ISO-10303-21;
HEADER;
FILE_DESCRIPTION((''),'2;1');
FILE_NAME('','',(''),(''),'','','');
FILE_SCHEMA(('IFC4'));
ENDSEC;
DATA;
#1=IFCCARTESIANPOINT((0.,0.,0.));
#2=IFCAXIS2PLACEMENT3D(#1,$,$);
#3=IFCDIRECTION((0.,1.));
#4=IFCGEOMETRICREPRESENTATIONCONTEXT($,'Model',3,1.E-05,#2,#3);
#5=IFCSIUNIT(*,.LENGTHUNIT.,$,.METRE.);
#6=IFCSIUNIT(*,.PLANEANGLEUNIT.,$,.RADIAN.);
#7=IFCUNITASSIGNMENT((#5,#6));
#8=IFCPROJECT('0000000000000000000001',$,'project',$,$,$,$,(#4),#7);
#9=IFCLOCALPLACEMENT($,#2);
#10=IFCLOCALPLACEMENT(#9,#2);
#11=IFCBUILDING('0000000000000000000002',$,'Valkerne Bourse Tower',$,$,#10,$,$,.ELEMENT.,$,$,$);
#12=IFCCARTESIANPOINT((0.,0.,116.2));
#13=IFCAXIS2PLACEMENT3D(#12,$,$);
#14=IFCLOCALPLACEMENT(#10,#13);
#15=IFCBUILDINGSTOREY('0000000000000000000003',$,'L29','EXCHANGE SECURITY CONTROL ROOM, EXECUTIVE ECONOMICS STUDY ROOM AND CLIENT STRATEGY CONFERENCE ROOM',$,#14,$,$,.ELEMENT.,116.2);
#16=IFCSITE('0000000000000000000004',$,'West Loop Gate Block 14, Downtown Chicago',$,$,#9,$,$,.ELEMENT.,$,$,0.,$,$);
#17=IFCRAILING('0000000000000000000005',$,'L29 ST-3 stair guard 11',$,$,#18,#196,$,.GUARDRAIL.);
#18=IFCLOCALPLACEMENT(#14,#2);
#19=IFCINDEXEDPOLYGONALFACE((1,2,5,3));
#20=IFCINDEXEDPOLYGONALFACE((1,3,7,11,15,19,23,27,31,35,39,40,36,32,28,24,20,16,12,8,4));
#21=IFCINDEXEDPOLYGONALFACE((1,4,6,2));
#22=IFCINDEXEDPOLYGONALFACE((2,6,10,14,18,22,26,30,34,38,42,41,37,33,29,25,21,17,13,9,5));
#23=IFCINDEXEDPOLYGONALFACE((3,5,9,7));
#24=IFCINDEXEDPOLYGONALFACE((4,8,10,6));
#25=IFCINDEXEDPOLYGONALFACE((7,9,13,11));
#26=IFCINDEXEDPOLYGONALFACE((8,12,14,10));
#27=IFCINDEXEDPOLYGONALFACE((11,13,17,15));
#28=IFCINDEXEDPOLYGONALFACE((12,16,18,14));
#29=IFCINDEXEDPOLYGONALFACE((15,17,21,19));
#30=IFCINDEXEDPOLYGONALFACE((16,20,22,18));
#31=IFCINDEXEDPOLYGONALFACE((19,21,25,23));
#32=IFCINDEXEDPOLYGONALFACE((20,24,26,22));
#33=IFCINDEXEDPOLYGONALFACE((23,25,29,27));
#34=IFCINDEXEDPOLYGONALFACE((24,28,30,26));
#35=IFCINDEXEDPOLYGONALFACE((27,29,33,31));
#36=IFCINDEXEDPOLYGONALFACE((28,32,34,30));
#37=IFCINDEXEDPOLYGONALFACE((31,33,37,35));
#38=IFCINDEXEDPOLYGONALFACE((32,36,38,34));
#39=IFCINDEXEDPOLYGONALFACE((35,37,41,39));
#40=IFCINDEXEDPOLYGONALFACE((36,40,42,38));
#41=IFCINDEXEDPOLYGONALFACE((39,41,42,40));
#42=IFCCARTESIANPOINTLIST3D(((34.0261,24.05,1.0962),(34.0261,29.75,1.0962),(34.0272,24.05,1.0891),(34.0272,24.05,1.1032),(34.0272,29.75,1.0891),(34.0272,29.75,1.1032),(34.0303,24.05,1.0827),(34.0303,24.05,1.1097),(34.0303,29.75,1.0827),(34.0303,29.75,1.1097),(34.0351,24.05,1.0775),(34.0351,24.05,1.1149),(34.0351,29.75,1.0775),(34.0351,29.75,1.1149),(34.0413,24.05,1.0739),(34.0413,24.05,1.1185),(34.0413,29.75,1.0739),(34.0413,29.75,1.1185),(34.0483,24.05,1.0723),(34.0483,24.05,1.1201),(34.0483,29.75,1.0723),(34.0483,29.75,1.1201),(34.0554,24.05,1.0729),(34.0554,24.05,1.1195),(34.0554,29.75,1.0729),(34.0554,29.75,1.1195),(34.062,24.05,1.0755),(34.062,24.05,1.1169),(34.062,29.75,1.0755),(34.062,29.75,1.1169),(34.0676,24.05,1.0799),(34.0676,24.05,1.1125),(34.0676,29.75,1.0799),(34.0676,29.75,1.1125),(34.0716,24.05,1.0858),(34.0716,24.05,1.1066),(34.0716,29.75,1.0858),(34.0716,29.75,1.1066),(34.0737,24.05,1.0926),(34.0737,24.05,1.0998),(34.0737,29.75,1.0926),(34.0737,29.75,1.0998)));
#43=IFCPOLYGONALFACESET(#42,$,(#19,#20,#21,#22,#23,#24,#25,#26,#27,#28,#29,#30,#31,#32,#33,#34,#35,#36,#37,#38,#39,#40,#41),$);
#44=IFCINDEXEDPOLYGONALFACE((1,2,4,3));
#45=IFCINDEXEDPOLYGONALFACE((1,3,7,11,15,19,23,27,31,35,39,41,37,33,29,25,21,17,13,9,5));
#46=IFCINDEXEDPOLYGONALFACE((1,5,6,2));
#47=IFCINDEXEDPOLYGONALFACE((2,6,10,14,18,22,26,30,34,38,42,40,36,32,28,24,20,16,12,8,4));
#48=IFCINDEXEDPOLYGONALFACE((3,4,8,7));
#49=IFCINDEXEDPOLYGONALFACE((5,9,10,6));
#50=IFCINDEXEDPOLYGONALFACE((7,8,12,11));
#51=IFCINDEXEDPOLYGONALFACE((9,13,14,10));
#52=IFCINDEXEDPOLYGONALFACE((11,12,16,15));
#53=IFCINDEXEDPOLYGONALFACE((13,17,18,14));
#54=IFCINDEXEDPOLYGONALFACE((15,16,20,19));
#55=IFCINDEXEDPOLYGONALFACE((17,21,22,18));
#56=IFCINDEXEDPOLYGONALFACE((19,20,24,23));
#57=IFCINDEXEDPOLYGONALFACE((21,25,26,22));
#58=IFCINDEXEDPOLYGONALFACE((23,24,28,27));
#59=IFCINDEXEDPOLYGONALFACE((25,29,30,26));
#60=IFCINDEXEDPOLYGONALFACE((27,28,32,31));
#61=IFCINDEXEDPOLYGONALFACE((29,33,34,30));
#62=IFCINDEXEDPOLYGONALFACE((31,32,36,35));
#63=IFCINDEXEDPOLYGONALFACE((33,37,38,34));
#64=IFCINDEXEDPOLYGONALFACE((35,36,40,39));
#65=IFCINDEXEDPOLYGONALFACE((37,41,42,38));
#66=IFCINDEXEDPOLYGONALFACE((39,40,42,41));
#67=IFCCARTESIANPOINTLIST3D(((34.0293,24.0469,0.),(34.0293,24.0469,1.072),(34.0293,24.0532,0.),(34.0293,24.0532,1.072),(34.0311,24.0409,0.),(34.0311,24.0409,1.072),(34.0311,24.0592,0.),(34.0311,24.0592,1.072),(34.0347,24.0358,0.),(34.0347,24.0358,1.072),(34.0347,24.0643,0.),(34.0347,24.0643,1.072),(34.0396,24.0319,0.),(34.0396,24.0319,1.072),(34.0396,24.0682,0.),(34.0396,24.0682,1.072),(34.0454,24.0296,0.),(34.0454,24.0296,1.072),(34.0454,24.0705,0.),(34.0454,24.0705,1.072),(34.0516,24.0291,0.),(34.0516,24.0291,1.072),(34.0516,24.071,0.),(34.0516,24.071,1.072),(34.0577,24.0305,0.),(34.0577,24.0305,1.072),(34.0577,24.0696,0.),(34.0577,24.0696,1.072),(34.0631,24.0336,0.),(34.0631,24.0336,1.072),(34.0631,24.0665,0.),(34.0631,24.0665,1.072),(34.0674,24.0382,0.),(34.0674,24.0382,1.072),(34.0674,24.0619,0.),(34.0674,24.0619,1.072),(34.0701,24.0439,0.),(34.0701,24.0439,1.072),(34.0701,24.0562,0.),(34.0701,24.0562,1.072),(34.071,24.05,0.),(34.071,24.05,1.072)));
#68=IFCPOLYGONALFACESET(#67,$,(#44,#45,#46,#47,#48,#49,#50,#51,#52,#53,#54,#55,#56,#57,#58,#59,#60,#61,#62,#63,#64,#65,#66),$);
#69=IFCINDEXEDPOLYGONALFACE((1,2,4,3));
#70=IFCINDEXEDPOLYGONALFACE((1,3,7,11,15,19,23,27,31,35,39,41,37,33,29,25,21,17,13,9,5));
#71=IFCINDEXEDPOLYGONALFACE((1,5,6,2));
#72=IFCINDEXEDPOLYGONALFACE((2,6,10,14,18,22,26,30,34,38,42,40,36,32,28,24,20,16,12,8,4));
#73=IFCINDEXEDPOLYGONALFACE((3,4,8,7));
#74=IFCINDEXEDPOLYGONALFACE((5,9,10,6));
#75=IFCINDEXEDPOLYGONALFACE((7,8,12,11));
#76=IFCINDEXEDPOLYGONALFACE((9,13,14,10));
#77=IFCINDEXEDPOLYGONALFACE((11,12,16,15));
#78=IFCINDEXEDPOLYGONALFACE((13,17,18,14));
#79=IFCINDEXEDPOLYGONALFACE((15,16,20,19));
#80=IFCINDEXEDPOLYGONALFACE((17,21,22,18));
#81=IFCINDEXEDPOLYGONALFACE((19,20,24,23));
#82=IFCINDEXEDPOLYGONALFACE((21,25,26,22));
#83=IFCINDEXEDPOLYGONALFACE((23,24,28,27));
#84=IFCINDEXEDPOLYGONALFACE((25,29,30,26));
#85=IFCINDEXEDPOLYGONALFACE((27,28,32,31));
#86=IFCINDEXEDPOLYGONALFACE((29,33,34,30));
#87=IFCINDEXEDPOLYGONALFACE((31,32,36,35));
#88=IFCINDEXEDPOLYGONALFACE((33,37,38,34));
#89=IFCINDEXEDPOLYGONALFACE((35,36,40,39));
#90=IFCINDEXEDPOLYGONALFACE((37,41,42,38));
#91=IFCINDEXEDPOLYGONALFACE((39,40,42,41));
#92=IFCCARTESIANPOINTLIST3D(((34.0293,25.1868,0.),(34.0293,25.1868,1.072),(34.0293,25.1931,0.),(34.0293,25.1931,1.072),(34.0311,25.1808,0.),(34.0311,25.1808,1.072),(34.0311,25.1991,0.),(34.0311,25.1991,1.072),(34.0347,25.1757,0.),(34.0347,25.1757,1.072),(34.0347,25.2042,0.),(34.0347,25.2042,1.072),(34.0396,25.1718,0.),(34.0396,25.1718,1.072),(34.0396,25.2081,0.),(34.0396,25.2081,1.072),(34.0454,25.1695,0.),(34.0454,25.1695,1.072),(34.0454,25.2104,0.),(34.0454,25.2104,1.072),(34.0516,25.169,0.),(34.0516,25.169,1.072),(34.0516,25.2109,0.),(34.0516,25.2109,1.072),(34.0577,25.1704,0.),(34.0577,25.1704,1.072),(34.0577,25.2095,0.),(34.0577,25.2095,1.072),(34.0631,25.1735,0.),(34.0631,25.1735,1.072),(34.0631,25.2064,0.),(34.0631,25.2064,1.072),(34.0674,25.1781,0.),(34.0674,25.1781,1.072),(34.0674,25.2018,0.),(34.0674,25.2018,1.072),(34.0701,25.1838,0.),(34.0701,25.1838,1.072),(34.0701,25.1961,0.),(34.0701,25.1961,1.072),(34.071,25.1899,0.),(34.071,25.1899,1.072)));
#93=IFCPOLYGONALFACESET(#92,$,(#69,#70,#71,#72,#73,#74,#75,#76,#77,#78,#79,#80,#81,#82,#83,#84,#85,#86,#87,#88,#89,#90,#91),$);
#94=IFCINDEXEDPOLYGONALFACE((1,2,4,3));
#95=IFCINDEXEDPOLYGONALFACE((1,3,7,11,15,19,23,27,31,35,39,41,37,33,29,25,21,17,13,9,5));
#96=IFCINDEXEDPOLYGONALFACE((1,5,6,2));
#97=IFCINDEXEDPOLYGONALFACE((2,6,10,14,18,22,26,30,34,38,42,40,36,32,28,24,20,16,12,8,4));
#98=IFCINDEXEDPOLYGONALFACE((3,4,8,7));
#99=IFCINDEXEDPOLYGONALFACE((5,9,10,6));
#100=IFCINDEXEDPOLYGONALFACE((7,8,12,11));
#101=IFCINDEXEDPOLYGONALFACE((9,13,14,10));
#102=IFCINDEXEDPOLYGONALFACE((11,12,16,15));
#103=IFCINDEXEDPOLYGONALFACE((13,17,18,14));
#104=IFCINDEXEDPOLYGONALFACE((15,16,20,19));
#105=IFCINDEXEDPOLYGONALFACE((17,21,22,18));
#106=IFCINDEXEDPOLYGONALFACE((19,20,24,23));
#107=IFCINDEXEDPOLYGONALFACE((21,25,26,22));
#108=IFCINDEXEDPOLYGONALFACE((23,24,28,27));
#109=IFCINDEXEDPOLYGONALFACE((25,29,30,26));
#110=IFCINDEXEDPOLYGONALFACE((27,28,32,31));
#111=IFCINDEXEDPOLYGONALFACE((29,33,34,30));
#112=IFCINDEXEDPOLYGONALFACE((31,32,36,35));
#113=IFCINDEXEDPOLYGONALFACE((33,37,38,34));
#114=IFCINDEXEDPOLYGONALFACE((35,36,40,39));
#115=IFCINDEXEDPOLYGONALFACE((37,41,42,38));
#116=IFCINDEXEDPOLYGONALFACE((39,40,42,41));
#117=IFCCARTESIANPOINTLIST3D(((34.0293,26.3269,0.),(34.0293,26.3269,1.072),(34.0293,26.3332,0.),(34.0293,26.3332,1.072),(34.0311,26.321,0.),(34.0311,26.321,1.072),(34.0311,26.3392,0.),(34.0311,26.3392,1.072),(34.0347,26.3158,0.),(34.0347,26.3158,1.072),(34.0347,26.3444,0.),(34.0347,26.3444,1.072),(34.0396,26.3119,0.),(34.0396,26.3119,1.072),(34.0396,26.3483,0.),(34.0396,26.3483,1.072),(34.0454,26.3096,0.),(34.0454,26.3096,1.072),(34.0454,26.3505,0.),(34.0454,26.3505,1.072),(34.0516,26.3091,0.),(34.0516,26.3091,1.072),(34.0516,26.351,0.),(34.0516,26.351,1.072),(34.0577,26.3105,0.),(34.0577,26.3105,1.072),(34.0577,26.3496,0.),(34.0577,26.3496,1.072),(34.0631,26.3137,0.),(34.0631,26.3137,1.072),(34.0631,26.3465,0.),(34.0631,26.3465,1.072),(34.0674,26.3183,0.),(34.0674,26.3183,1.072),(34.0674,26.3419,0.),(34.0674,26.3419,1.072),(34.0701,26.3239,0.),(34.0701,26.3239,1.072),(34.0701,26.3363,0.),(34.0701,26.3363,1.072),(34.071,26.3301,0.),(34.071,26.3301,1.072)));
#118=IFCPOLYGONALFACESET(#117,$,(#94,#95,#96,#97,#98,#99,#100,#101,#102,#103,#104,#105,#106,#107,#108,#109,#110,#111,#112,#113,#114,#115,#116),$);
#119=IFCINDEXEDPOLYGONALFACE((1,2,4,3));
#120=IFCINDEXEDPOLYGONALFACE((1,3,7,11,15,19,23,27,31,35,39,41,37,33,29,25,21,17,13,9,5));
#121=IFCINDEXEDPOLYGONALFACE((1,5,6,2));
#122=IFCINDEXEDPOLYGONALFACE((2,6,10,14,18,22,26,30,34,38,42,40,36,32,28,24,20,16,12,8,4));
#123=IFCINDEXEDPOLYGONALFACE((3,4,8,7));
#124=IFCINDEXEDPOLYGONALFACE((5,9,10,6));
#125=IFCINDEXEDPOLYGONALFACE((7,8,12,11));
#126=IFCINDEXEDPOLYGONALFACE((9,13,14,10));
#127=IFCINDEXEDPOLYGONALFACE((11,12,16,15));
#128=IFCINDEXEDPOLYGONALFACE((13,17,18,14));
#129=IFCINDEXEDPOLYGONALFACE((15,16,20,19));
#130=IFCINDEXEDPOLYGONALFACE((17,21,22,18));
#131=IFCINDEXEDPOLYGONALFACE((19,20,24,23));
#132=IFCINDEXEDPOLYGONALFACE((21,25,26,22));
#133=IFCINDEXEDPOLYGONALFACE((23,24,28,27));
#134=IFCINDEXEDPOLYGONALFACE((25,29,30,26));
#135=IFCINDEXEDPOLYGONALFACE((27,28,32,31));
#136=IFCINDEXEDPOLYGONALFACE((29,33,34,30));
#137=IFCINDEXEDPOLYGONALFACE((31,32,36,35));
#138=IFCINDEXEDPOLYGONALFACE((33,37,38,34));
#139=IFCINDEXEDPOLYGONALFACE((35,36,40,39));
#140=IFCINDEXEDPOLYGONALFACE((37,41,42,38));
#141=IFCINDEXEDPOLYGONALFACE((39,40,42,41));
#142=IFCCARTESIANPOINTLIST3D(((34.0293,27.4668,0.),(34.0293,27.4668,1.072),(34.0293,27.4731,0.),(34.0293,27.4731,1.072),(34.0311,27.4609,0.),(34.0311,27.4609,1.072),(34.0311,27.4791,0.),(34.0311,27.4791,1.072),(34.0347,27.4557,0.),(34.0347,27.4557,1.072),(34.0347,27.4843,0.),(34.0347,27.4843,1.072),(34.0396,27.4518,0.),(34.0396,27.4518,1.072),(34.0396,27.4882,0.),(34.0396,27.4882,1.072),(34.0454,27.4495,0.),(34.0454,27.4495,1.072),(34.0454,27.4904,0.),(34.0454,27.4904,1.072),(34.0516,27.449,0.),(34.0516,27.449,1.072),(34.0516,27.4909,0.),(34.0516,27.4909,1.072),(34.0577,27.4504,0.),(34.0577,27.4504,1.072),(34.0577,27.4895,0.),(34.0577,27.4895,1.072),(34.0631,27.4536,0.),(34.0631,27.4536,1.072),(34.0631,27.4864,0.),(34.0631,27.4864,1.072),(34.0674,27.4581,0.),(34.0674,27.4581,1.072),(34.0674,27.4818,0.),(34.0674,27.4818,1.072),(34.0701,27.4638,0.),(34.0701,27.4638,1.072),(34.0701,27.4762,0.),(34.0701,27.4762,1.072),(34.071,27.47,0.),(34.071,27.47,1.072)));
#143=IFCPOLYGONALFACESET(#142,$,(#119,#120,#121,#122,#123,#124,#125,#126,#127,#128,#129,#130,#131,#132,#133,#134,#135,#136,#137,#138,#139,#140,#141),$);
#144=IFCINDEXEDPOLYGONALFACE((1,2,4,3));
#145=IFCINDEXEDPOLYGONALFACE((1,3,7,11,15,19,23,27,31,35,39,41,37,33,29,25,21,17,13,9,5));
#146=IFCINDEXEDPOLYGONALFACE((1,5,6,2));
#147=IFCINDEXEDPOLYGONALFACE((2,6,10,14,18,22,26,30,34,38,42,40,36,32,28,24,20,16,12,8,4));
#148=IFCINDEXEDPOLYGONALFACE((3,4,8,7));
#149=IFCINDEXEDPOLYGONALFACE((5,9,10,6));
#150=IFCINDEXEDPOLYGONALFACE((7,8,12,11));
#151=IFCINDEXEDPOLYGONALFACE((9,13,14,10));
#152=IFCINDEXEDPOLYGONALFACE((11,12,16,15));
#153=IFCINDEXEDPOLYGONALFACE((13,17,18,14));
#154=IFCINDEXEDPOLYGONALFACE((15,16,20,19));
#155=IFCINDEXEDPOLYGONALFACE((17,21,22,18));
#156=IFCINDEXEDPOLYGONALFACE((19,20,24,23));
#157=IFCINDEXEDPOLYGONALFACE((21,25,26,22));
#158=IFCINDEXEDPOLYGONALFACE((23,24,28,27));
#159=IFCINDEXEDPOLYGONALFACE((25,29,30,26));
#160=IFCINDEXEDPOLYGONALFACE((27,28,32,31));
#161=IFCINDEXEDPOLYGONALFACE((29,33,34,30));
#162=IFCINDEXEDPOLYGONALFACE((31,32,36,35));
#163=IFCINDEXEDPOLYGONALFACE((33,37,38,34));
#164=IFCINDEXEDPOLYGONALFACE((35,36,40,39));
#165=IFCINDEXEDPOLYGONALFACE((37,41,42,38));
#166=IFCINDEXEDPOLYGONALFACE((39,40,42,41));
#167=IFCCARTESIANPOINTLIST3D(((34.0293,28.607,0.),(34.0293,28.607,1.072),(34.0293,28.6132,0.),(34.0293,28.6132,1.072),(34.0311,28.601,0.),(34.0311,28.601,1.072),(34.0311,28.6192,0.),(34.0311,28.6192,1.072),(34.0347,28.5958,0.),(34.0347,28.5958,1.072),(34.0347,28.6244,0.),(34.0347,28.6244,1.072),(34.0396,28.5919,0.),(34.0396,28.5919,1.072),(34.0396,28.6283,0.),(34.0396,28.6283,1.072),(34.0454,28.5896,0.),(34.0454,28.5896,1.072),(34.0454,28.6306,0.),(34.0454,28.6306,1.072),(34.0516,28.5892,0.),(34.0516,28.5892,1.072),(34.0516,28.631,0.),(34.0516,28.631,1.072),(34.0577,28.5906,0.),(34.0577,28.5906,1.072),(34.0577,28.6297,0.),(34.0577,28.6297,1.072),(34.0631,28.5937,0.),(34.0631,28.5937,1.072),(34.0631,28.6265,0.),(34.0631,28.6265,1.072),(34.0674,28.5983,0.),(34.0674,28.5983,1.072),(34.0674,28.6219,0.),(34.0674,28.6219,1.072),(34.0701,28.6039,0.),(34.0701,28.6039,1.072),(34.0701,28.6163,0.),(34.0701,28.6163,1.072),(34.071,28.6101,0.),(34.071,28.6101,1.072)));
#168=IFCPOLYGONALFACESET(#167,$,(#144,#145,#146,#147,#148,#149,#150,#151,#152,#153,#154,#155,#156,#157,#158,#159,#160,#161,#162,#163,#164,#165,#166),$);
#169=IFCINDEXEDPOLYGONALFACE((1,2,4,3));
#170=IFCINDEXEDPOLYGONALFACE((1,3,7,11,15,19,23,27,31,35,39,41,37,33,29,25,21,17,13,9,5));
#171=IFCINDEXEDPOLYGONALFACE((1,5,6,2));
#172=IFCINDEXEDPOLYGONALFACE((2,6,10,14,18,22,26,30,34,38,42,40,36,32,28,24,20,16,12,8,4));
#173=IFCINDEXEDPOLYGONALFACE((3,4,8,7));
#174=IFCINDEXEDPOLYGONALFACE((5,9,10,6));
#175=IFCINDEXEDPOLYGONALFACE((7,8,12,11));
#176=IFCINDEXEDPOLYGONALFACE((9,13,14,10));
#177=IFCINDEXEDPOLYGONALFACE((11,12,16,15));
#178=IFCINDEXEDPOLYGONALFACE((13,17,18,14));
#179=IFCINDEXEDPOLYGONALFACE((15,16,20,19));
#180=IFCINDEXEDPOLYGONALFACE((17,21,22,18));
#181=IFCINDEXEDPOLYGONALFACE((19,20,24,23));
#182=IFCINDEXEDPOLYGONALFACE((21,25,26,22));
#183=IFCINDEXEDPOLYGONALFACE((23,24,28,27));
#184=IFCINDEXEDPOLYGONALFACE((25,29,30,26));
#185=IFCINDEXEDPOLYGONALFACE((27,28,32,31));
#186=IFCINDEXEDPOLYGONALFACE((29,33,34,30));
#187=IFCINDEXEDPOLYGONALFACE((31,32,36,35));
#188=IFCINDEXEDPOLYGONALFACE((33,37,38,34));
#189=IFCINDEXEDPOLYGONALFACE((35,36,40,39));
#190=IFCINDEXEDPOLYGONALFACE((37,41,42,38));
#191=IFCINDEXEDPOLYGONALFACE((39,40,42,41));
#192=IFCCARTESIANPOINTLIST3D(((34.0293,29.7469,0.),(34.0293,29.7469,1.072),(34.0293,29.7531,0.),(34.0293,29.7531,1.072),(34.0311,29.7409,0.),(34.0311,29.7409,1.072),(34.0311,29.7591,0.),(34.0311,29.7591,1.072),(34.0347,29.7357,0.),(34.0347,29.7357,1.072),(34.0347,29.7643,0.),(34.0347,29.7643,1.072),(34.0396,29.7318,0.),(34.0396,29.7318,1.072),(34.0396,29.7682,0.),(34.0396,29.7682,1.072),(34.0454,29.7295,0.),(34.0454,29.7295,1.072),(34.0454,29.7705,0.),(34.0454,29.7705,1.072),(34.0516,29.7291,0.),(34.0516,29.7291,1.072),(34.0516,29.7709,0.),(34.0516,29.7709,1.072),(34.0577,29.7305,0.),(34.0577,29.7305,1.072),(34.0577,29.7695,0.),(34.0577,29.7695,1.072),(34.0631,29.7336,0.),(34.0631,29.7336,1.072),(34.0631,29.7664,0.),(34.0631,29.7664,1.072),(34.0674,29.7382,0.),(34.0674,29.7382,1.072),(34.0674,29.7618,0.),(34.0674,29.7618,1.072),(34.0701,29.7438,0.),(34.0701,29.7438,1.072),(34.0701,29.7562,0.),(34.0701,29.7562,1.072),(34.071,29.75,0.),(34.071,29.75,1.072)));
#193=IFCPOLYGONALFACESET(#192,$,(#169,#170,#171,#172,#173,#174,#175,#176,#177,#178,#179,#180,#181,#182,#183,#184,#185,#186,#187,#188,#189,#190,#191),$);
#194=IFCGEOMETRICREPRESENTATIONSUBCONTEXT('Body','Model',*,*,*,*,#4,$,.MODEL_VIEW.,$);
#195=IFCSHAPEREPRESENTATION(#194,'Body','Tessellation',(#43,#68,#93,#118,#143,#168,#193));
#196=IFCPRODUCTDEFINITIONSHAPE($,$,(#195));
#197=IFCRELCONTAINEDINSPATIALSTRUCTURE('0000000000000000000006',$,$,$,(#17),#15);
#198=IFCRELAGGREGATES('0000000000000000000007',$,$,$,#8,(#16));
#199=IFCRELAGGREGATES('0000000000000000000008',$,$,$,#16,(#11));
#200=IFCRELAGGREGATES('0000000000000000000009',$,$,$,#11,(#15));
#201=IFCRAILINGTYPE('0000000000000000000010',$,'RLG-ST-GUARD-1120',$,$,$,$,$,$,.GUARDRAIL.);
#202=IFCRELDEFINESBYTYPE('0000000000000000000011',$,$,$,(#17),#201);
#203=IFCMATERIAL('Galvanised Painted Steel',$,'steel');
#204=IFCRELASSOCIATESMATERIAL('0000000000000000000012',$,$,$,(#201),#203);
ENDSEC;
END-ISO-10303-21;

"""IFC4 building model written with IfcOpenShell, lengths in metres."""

from ifc_helpers import new_model, si_unit, direction, frame, origin, origin_2d, place, context, subcontext, project, spatial, circle, extrude, material, type_object, element, save


model = new_model("IFC4")

# Units and contexts
model_context = context("Model", 3, precision=1e-05, world=origin(), true_north=direction((0.0, 1.0)))
body_context = subcontext(model_context, "Body", "Model", "MODEL_VIEW")
ifc_project = project(units=[si_unit("LENGTHUNIT", "METRE"), si_unit("PLANEANGLEUNIT", "RADIAN")], contexts=[model_context])

# Site, building, storey
site_placement = place(None, origin())
site = spatial("IfcSite", under=ifc_project, at=site_placement, Name="West Loop Gate Block 14, Downtown Chicago", CompositionType="ELEMENT", RefElevation=0.0)
building_placement = place(site_placement, origin())
building = spatial("IfcBuilding", under=site, at=building_placement, Name="Valkerne Bourse Tower", CompositionType="ELEMENT")
storey_placement = place(building_placement, frame((0.0, 0.0, 116.2)))
storey = spatial("IfcBuildingStorey", under=building, at=storey_placement, Name="L29", Description="EXCHANGE SECURITY CONTROL ROOM, EXECUTIVE ECONOMICS STUDY ROOM AND CLIENT STRATEGY CONFERENCE ROOM", CompositionType="ELEMENT", Elevation=116.2)

# Railing
ifc_material_1 = material(Name="Galvanised Painted Steel", Category="steel")
railing_type_1 = type_object("IfcRailingType", Name="RLG-ST-GUARD-1120", PredefinedType="GUARDRAIL", material=ifc_material_1)
for number, where, name in (
    (1, (34.05, 24.05, 0.0), "L29 ST-3 stair guard 11"),
):
    element("IfcRailing", number, at=place(storey_placement, frame(where)), inside=storey, type_object=railing_type_1, Name=name, PredefinedType="GUARDRAIL", context=body_context, shape_type="SweptSolid", body=[
        extrude(circle(Radius=0.0239, at=origin_2d()), frame((0.0, 0.0, 1.0962), z_axis=(0.0, 1.0, 0.0), x_axis=(-1.0, 0.0, 0.0)), (0.0, 0.0, 1.0), 5.7),
        extrude(circle(Radius=0.021, at=origin_2d()), origin(), (0.0, 0.0, 1.0), 1.072),
        extrude(circle(Radius=0.021, at=origin_2d()), frame((0.0, 1.1399, 0.0)), (0.0, 0.0, 1.0), 1.072),
        extrude(circle(Radius=0.021, at=origin_2d()), frame((0.0, 2.28, 0.0)), (0.0, 0.0, 1.0), 1.072),
        extrude(circle(Radius=0.021, at=origin_2d()), frame((0.0, 3.4199, 0.0)), (0.0, 0.0, 1.0), 1.072),
        extrude(circle(Radius=0.021, at=origin_2d()), frame((0.0, 4.5601, 0.0)), (0.0, 0.0, 1.0), 1.072),
        extrude(circle(Radius=0.021, at=origin_2d()), frame((0.0, 5.7, 0.0)), (0.0, 0.0, 1.0), 1.072),
    ])

save(model, "model.ifc")
